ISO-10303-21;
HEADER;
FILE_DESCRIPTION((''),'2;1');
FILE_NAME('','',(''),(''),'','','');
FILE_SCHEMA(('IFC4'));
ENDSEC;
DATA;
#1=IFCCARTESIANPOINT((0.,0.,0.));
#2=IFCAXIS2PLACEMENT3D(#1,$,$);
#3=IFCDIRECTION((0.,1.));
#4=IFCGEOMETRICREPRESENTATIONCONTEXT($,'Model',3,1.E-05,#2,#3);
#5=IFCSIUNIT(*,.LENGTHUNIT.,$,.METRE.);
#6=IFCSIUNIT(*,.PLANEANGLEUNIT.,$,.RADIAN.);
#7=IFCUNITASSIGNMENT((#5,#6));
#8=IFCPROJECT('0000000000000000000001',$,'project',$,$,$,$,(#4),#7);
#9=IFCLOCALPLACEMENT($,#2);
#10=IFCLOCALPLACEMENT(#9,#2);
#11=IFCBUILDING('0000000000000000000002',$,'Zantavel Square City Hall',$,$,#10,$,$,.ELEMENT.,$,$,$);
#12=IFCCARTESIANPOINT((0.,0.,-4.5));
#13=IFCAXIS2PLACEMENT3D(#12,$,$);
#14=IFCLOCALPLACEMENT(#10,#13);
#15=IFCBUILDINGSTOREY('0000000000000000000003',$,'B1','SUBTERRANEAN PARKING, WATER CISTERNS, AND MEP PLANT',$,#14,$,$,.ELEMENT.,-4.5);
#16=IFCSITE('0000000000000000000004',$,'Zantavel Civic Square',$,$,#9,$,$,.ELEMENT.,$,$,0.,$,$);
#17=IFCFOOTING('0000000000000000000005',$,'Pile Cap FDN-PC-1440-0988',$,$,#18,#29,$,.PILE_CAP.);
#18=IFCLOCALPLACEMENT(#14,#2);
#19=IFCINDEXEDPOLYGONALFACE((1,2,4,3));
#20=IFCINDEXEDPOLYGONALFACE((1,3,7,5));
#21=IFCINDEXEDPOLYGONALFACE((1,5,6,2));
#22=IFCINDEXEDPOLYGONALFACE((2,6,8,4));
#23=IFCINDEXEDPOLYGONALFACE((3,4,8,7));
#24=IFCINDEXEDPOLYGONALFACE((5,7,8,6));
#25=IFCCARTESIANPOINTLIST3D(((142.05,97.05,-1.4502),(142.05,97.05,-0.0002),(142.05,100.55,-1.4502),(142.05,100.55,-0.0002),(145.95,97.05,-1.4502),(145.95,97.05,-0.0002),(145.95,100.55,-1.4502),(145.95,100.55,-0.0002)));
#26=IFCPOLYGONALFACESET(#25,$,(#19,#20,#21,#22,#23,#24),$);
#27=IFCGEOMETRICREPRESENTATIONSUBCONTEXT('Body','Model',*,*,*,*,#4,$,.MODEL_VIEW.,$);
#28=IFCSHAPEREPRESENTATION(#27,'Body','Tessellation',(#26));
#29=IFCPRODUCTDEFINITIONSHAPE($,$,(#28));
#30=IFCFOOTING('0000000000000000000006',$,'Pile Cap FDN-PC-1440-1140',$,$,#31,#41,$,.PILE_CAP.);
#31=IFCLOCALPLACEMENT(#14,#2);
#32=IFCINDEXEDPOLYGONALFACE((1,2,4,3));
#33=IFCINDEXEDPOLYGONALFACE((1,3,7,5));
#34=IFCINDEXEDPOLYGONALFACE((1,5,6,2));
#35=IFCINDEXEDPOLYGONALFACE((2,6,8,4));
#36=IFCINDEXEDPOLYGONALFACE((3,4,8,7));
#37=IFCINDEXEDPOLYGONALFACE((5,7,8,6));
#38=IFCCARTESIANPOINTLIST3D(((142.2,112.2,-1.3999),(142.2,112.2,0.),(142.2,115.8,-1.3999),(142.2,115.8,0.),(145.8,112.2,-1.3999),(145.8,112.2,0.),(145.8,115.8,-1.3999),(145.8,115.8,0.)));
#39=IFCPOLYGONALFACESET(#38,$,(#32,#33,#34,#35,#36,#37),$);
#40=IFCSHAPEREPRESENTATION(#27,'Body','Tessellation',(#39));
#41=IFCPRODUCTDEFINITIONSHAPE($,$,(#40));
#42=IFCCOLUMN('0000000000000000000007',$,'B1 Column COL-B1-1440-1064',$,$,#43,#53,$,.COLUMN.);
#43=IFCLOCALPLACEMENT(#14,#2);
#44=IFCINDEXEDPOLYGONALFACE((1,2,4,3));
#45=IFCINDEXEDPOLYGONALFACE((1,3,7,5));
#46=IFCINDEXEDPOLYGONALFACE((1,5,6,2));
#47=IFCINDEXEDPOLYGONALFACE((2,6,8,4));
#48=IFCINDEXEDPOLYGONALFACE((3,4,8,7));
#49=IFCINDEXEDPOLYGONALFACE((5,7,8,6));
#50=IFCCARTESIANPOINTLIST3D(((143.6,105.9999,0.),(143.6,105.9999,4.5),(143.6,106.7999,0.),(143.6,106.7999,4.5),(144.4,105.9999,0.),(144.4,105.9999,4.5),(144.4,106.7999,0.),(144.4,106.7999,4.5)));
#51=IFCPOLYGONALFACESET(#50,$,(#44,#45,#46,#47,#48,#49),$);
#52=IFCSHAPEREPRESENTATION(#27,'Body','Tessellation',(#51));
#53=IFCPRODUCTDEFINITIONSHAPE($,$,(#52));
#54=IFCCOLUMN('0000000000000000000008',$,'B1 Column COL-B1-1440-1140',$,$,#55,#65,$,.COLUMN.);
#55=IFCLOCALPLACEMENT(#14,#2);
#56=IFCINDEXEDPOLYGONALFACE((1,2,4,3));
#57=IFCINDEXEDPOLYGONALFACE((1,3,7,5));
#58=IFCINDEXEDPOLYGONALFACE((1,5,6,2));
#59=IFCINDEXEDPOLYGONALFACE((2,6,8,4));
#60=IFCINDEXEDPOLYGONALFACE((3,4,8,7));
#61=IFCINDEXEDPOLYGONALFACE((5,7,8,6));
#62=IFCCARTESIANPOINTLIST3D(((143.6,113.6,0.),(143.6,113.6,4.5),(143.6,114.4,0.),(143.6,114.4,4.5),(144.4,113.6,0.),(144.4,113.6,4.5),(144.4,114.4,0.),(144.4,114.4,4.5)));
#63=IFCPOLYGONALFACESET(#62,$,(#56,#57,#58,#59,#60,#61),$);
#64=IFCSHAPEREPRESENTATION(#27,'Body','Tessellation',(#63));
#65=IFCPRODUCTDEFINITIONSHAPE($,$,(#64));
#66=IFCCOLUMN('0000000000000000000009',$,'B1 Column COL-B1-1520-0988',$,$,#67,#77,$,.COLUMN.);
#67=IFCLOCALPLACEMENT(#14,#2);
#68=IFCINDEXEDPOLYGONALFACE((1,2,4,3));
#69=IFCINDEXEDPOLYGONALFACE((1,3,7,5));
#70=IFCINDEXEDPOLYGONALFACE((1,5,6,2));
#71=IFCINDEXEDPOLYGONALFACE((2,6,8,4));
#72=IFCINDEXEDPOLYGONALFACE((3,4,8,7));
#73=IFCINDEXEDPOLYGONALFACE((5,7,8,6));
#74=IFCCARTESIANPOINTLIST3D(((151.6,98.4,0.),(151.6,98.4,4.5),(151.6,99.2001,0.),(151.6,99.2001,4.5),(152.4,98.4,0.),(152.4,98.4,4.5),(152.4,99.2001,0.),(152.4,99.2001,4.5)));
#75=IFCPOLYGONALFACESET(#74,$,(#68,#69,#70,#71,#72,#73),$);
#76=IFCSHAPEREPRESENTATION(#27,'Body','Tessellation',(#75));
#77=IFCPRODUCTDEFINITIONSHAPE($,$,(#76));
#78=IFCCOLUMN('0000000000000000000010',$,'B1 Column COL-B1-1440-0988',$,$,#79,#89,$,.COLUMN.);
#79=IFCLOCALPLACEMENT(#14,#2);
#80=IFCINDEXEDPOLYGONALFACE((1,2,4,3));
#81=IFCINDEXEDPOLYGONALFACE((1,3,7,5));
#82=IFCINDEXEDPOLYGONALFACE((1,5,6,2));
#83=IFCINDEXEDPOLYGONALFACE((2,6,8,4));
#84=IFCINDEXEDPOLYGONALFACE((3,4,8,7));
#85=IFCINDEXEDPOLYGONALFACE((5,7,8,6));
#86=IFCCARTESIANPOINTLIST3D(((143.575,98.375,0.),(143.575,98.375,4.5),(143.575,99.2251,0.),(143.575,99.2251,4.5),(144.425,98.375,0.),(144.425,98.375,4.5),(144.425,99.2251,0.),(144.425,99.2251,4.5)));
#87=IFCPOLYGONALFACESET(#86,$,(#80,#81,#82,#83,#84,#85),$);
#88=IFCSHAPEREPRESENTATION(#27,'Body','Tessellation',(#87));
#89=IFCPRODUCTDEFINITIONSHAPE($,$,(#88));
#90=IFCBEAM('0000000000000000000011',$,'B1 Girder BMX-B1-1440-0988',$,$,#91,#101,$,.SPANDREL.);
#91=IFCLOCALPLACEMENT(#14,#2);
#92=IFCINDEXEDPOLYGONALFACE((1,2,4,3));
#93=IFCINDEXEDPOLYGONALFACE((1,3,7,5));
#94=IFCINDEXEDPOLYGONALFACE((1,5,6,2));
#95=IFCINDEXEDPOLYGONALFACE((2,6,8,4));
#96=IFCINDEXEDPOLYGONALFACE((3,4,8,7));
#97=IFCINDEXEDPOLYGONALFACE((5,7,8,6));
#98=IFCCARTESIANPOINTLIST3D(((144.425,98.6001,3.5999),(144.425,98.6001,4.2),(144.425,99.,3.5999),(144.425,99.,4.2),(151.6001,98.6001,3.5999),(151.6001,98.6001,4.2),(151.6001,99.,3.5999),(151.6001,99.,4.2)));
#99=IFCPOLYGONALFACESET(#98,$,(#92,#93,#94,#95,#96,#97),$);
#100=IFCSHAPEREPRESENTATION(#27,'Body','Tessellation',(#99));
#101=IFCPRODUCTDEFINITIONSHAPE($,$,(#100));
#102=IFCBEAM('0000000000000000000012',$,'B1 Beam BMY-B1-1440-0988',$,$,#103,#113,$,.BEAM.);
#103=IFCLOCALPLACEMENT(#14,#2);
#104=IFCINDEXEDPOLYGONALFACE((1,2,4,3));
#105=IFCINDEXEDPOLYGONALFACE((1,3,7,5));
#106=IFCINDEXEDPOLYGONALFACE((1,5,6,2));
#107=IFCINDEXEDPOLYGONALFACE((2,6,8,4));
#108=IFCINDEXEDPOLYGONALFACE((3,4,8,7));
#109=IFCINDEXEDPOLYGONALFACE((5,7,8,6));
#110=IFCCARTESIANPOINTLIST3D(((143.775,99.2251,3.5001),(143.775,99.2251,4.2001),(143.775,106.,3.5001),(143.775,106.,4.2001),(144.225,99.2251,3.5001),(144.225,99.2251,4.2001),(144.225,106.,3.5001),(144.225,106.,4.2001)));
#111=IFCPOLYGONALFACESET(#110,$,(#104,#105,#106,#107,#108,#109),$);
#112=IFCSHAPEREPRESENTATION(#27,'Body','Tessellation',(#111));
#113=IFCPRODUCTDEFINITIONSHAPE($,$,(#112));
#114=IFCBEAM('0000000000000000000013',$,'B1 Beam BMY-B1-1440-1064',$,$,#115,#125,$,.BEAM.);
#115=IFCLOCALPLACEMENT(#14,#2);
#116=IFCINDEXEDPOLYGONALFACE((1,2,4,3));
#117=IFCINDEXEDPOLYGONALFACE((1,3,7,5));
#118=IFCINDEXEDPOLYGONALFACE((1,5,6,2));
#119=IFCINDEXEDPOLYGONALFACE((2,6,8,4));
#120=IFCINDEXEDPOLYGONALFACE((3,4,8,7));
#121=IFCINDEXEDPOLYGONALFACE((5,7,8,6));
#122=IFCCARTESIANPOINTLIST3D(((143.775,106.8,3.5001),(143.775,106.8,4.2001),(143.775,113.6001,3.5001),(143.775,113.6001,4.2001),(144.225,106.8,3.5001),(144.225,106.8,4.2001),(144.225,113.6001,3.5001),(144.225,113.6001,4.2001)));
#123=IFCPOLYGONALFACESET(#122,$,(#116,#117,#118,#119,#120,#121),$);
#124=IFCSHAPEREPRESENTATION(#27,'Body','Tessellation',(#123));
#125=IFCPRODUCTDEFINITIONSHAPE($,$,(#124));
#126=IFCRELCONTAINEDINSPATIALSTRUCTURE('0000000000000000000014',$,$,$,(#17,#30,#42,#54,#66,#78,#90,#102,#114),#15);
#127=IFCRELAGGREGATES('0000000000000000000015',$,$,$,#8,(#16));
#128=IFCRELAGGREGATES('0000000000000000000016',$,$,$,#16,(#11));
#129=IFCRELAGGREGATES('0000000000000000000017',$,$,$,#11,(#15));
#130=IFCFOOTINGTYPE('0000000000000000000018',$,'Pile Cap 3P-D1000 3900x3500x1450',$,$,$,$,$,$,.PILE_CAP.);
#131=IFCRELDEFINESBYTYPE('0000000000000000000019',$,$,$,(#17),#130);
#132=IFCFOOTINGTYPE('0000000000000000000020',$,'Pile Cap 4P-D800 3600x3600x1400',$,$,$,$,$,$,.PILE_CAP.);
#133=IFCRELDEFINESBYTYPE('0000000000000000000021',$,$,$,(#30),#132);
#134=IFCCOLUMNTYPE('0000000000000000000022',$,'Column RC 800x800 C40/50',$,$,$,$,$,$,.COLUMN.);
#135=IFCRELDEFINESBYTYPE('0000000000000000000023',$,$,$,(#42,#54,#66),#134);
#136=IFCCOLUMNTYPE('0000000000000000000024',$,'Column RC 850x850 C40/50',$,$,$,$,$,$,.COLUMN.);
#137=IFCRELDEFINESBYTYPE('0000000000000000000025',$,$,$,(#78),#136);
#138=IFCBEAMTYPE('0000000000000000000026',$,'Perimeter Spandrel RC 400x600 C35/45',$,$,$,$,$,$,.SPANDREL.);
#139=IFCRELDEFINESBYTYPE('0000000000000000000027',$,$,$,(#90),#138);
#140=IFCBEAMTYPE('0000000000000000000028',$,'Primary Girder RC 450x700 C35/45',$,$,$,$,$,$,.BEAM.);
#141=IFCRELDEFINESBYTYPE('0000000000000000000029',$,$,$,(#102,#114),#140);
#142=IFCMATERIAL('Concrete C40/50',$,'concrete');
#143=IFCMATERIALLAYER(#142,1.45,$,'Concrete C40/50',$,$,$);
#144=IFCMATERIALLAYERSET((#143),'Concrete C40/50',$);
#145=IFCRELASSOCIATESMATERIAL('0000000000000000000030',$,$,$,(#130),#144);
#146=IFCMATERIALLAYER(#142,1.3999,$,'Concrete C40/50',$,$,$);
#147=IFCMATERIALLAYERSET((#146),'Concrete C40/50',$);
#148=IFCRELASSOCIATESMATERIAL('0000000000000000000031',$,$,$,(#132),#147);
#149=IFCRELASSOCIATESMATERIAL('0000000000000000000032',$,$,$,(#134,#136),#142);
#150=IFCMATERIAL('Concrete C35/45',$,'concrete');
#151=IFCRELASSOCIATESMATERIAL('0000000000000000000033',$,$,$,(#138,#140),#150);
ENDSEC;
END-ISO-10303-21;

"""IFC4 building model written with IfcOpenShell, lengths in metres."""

from ifc_helpers import new_model, si_unit, direction, frame, origin, origin_2d, place, context, subcontext, project, spatial, rectangle, extrude, material, layer, layer_set, material_profile, profile_set, type_object, element, save


model = new_model("IFC4")

# Units and contexts
model_context = context("Model", 3, precision=1e-05, world=origin(), true_north=direction((0.0, 1.0)))
body_context = subcontext(model_context, "Body", "Model", "MODEL_VIEW")
ifc_project = project(units=[si_unit("LENGTHUNIT", "METRE"), si_unit("PLANEANGLEUNIT", "RADIAN")], contexts=[model_context])

# Site, building, storey
site_placement = place(None, origin())
site = spatial("IfcSite", under=ifc_project, at=site_placement, Name="Zantavel Civic Square", CompositionType="ELEMENT", RefElevation=0.0)
building_placement = place(site_placement, origin())
building = spatial("IfcBuilding", under=site, at=building_placement, Name="Zantavel Square City Hall", CompositionType="ELEMENT")
storey_placement = place(building_placement, frame((0.0, 0.0, -4.5)))
storey = spatial("IfcBuildingStorey", under=building, at=storey_placement, Name="B1", Description="SUBTERRANEAN PARKING, WATER CISTERNS, AND MEP PLANT", CompositionType="ELEMENT", Elevation=-4.5)

# Shared definitions
ifc_material_1 = material(Name="Concrete C35/45", Category="concrete")

# Footings
ifc_material_2 = material(Name="Concrete C40/50", Category="concrete")
ifc_layer_1 = layer(ifc_material_2, 1.45, Name="Concrete C40/50")
ifc_layer_set_1 = layer_set([ifc_layer_1], Name="Concrete C40/50")
footing_type_1 = type_object("IfcFootingType", Name="Pile Cap 3P-D1000 3900x3500x1450", PredefinedType="PILE_CAP", material=ifc_layer_set_1)
footing_1_placement = place(storey_placement, frame((144.0, 98.8, -1.4502), z_axis=(0.0, 0.0, 1.0), x_axis=(1.0, 0.0, 0.0)))
element("IfcFooting", 1, at=footing_1_placement, inside=storey, type_object=footing_type_1, Name="Pile Cap FDN-PC-1440-0988", PredefinedType="PILE_CAP", context=body_context, shape_type="SweptSolid", body=[
    extrude(rectangle(XDim=3.8999, YDim=3.5, at=origin_2d()), origin(), (0.0, 0.0, 1.0), 1.45),
])
ifc_layer_2 = layer(ifc_material_2, 1.3999, Name="Concrete C40/50")
ifc_layer_set_2 = layer_set([ifc_layer_2], Name="Concrete C40/50")
footing_type_2 = type_object("IfcFootingType", Name="Pile Cap 4P-D800 3600x3600x1400", PredefinedType="PILE_CAP", material=ifc_layer_set_2)
footing_2_placement = place(storey_placement, frame((144.0, 114.0, -1.3999), z_axis=(0.0, 0.0, 1.0), x_axis=(1.0, 0.0, 0.0)))
element("IfcFooting", 2, at=footing_2_placement, inside=storey, type_object=footing_type_2, Name="Pile Cap FDN-PC-1440-1140", PredefinedType="PILE_CAP", context=body_context, shape_type="SweptSolid", body=[
    extrude(rectangle(XDim=3.6001, YDim=3.6001, at=origin_2d()), origin(), (0.0, 0.0, 1.0), 1.3999),
])

# Columns
ifc_material_profile_1 = material_profile(ifc_material_2, rectangle(XDim=0.8, YDim=0.8, at=origin_2d()), Name="RC 800x800")
ifc_profile_set_1 = profile_set([ifc_material_profile_1], Name="Concrete C40/50")
column_type_1 = type_object("IfcColumnType", Name="Column RC 800x800 C40/50", PredefinedType="COLUMN", material=ifc_profile_set_1)
for number, where, z_axis, x_axis, name in (
    (3, (144.0, 106.3999, 0.0), (0.0, 0.0, 1.0), (1.0, 0.0, 0.0), "B1 Column COL-B1-1440-1064"),
    (4, (144.0, 114.0, 0.0), (0.0, 0.0, 1.0), (1.0, 0.0, 0.0), "B1 Column COL-B1-1440-1140"),
    (5, (152.0, 98.8, 0.0), (0.0, 0.0, 1.0), (1.0, 0.0, 0.0), "B1 Column COL-B1-1520-0988"),
):
    element("IfcColumn", number, at=place(storey_placement, frame(where, z_axis=z_axis, x_axis=x_axis)), inside=storey, type_object=column_type_1, Name=name, PredefinedType="COLUMN", context=body_context, shape_type="SweptSolid", body=[
        extrude(rectangle(XDim=0.8, YDim=0.8, at=origin_2d()), origin(), (0.0, 0.0, 1.0), 4.5),
    ])
ifc_material_profile_2 = material_profile(ifc_material_2, rectangle(XDim=0.8501, YDim=0.8501, at=origin_2d()), Name="RC 850x850")
ifc_profile_set_2 = profile_set([ifc_material_profile_2], Name="Concrete C40/50")
column_type_2 = type_object("IfcColumnType", Name="Column RC 850x850 C40/50", PredefinedType="COLUMN", material=ifc_profile_set_2)
column_placement = place(storey_placement, frame((144.0, 98.8, 0.0), z_axis=(0.0, 0.0, 1.0), x_axis=(1.0, 0.0, 0.0)))
element("IfcColumn", 6, at=column_placement, inside=storey, type_object=column_type_2, Name="B1 Column COL-B1-1440-0988", PredefinedType="COLUMN", context=body_context, shape_type="SweptSolid", body=[
    extrude(rectangle(XDim=0.8501, YDim=0.8501, at=origin_2d()), origin(), (0.0, 0.0, 1.0), 4.5),
])

# Beams
ifc_material_profile_3 = material_profile(ifc_material_1, rectangle(XDim=0.3999, YDim=0.6001, at=origin_2d()), Name="RC 400x600")
ifc_profile_set_3 = profile_set([ifc_material_profile_3], Name="Concrete C35/45")
beam_type_1 = type_object("IfcBeamType", Name="Perimeter Spandrel RC 400x600 C35/45", PredefinedType="SPANDREL", material=ifc_profile_set_3)
beam_1_placement = place(storey_placement, frame((144.425, 98.8, 3.8999), z_axis=(1.0, 0.0, 0.0), x_axis=(0.0, 1.0, 0.0)))
element("IfcBeam", 7, at=beam_1_placement, inside=storey, type_object=beam_type_1, Name="B1 Girder BMX-B1-1440-0988", PredefinedType="SPANDREL", context=body_context, shape_type="SweptSolid", body=[
    extrude(rectangle(XDim=0.3999, YDim=0.6001, at=origin_2d()), origin(), (0.0, 0.0, 1.0), 7.175),
])
ifc_material_profile_4 = material_profile(ifc_material_1, rectangle(XDim=0.45, YDim=0.7, at=origin_2d()), Name="RC 450x700")
ifc_profile_set_4 = profile_set([ifc_material_profile_4], Name="Concrete C35/45")
beam_type_2 = type_object("IfcBeamType", Name="Primary Girder RC 450x700 C35/45", PredefinedType="BEAM", material=ifc_profile_set_4)
beam_2_placement = place(storey_placement, frame((144.0, 99.2251, 3.8501), z_axis=(0.0, 1.0, 0.0), x_axis=(-1.0, 0.0, 0.0)))
element("IfcBeam", 8, at=beam_2_placement, inside=storey, type_object=beam_type_2, Name="B1 Beam BMY-B1-1440-0988", PredefinedType="BEAM", context=body_context, shape_type="SweptSolid", body=[
    extrude(rectangle(XDim=0.45, YDim=0.7, at=origin_2d()), origin(), (0.0, 0.0, 1.0), 6.7749),
])
beam_3_placement = place(storey_placement, frame((144.0, 106.8, 3.8501), z_axis=(0.0, 1.0, 0.0), x_axis=(-1.0, 0.0, 0.0)))
element("IfcBeam", 9, at=beam_3_placement, inside=storey, type_object=beam_type_2, Name="B1 Beam BMY-B1-1440-1064", PredefinedType="BEAM", context=body_context, shape_type="SweptSolid", body=[
    extrude(rectangle(XDim=0.45, YDim=0.7, at=origin_2d()), origin(), (0.0, 0.0, 1.0), 6.8),
])

save(model, "model.ifc")
